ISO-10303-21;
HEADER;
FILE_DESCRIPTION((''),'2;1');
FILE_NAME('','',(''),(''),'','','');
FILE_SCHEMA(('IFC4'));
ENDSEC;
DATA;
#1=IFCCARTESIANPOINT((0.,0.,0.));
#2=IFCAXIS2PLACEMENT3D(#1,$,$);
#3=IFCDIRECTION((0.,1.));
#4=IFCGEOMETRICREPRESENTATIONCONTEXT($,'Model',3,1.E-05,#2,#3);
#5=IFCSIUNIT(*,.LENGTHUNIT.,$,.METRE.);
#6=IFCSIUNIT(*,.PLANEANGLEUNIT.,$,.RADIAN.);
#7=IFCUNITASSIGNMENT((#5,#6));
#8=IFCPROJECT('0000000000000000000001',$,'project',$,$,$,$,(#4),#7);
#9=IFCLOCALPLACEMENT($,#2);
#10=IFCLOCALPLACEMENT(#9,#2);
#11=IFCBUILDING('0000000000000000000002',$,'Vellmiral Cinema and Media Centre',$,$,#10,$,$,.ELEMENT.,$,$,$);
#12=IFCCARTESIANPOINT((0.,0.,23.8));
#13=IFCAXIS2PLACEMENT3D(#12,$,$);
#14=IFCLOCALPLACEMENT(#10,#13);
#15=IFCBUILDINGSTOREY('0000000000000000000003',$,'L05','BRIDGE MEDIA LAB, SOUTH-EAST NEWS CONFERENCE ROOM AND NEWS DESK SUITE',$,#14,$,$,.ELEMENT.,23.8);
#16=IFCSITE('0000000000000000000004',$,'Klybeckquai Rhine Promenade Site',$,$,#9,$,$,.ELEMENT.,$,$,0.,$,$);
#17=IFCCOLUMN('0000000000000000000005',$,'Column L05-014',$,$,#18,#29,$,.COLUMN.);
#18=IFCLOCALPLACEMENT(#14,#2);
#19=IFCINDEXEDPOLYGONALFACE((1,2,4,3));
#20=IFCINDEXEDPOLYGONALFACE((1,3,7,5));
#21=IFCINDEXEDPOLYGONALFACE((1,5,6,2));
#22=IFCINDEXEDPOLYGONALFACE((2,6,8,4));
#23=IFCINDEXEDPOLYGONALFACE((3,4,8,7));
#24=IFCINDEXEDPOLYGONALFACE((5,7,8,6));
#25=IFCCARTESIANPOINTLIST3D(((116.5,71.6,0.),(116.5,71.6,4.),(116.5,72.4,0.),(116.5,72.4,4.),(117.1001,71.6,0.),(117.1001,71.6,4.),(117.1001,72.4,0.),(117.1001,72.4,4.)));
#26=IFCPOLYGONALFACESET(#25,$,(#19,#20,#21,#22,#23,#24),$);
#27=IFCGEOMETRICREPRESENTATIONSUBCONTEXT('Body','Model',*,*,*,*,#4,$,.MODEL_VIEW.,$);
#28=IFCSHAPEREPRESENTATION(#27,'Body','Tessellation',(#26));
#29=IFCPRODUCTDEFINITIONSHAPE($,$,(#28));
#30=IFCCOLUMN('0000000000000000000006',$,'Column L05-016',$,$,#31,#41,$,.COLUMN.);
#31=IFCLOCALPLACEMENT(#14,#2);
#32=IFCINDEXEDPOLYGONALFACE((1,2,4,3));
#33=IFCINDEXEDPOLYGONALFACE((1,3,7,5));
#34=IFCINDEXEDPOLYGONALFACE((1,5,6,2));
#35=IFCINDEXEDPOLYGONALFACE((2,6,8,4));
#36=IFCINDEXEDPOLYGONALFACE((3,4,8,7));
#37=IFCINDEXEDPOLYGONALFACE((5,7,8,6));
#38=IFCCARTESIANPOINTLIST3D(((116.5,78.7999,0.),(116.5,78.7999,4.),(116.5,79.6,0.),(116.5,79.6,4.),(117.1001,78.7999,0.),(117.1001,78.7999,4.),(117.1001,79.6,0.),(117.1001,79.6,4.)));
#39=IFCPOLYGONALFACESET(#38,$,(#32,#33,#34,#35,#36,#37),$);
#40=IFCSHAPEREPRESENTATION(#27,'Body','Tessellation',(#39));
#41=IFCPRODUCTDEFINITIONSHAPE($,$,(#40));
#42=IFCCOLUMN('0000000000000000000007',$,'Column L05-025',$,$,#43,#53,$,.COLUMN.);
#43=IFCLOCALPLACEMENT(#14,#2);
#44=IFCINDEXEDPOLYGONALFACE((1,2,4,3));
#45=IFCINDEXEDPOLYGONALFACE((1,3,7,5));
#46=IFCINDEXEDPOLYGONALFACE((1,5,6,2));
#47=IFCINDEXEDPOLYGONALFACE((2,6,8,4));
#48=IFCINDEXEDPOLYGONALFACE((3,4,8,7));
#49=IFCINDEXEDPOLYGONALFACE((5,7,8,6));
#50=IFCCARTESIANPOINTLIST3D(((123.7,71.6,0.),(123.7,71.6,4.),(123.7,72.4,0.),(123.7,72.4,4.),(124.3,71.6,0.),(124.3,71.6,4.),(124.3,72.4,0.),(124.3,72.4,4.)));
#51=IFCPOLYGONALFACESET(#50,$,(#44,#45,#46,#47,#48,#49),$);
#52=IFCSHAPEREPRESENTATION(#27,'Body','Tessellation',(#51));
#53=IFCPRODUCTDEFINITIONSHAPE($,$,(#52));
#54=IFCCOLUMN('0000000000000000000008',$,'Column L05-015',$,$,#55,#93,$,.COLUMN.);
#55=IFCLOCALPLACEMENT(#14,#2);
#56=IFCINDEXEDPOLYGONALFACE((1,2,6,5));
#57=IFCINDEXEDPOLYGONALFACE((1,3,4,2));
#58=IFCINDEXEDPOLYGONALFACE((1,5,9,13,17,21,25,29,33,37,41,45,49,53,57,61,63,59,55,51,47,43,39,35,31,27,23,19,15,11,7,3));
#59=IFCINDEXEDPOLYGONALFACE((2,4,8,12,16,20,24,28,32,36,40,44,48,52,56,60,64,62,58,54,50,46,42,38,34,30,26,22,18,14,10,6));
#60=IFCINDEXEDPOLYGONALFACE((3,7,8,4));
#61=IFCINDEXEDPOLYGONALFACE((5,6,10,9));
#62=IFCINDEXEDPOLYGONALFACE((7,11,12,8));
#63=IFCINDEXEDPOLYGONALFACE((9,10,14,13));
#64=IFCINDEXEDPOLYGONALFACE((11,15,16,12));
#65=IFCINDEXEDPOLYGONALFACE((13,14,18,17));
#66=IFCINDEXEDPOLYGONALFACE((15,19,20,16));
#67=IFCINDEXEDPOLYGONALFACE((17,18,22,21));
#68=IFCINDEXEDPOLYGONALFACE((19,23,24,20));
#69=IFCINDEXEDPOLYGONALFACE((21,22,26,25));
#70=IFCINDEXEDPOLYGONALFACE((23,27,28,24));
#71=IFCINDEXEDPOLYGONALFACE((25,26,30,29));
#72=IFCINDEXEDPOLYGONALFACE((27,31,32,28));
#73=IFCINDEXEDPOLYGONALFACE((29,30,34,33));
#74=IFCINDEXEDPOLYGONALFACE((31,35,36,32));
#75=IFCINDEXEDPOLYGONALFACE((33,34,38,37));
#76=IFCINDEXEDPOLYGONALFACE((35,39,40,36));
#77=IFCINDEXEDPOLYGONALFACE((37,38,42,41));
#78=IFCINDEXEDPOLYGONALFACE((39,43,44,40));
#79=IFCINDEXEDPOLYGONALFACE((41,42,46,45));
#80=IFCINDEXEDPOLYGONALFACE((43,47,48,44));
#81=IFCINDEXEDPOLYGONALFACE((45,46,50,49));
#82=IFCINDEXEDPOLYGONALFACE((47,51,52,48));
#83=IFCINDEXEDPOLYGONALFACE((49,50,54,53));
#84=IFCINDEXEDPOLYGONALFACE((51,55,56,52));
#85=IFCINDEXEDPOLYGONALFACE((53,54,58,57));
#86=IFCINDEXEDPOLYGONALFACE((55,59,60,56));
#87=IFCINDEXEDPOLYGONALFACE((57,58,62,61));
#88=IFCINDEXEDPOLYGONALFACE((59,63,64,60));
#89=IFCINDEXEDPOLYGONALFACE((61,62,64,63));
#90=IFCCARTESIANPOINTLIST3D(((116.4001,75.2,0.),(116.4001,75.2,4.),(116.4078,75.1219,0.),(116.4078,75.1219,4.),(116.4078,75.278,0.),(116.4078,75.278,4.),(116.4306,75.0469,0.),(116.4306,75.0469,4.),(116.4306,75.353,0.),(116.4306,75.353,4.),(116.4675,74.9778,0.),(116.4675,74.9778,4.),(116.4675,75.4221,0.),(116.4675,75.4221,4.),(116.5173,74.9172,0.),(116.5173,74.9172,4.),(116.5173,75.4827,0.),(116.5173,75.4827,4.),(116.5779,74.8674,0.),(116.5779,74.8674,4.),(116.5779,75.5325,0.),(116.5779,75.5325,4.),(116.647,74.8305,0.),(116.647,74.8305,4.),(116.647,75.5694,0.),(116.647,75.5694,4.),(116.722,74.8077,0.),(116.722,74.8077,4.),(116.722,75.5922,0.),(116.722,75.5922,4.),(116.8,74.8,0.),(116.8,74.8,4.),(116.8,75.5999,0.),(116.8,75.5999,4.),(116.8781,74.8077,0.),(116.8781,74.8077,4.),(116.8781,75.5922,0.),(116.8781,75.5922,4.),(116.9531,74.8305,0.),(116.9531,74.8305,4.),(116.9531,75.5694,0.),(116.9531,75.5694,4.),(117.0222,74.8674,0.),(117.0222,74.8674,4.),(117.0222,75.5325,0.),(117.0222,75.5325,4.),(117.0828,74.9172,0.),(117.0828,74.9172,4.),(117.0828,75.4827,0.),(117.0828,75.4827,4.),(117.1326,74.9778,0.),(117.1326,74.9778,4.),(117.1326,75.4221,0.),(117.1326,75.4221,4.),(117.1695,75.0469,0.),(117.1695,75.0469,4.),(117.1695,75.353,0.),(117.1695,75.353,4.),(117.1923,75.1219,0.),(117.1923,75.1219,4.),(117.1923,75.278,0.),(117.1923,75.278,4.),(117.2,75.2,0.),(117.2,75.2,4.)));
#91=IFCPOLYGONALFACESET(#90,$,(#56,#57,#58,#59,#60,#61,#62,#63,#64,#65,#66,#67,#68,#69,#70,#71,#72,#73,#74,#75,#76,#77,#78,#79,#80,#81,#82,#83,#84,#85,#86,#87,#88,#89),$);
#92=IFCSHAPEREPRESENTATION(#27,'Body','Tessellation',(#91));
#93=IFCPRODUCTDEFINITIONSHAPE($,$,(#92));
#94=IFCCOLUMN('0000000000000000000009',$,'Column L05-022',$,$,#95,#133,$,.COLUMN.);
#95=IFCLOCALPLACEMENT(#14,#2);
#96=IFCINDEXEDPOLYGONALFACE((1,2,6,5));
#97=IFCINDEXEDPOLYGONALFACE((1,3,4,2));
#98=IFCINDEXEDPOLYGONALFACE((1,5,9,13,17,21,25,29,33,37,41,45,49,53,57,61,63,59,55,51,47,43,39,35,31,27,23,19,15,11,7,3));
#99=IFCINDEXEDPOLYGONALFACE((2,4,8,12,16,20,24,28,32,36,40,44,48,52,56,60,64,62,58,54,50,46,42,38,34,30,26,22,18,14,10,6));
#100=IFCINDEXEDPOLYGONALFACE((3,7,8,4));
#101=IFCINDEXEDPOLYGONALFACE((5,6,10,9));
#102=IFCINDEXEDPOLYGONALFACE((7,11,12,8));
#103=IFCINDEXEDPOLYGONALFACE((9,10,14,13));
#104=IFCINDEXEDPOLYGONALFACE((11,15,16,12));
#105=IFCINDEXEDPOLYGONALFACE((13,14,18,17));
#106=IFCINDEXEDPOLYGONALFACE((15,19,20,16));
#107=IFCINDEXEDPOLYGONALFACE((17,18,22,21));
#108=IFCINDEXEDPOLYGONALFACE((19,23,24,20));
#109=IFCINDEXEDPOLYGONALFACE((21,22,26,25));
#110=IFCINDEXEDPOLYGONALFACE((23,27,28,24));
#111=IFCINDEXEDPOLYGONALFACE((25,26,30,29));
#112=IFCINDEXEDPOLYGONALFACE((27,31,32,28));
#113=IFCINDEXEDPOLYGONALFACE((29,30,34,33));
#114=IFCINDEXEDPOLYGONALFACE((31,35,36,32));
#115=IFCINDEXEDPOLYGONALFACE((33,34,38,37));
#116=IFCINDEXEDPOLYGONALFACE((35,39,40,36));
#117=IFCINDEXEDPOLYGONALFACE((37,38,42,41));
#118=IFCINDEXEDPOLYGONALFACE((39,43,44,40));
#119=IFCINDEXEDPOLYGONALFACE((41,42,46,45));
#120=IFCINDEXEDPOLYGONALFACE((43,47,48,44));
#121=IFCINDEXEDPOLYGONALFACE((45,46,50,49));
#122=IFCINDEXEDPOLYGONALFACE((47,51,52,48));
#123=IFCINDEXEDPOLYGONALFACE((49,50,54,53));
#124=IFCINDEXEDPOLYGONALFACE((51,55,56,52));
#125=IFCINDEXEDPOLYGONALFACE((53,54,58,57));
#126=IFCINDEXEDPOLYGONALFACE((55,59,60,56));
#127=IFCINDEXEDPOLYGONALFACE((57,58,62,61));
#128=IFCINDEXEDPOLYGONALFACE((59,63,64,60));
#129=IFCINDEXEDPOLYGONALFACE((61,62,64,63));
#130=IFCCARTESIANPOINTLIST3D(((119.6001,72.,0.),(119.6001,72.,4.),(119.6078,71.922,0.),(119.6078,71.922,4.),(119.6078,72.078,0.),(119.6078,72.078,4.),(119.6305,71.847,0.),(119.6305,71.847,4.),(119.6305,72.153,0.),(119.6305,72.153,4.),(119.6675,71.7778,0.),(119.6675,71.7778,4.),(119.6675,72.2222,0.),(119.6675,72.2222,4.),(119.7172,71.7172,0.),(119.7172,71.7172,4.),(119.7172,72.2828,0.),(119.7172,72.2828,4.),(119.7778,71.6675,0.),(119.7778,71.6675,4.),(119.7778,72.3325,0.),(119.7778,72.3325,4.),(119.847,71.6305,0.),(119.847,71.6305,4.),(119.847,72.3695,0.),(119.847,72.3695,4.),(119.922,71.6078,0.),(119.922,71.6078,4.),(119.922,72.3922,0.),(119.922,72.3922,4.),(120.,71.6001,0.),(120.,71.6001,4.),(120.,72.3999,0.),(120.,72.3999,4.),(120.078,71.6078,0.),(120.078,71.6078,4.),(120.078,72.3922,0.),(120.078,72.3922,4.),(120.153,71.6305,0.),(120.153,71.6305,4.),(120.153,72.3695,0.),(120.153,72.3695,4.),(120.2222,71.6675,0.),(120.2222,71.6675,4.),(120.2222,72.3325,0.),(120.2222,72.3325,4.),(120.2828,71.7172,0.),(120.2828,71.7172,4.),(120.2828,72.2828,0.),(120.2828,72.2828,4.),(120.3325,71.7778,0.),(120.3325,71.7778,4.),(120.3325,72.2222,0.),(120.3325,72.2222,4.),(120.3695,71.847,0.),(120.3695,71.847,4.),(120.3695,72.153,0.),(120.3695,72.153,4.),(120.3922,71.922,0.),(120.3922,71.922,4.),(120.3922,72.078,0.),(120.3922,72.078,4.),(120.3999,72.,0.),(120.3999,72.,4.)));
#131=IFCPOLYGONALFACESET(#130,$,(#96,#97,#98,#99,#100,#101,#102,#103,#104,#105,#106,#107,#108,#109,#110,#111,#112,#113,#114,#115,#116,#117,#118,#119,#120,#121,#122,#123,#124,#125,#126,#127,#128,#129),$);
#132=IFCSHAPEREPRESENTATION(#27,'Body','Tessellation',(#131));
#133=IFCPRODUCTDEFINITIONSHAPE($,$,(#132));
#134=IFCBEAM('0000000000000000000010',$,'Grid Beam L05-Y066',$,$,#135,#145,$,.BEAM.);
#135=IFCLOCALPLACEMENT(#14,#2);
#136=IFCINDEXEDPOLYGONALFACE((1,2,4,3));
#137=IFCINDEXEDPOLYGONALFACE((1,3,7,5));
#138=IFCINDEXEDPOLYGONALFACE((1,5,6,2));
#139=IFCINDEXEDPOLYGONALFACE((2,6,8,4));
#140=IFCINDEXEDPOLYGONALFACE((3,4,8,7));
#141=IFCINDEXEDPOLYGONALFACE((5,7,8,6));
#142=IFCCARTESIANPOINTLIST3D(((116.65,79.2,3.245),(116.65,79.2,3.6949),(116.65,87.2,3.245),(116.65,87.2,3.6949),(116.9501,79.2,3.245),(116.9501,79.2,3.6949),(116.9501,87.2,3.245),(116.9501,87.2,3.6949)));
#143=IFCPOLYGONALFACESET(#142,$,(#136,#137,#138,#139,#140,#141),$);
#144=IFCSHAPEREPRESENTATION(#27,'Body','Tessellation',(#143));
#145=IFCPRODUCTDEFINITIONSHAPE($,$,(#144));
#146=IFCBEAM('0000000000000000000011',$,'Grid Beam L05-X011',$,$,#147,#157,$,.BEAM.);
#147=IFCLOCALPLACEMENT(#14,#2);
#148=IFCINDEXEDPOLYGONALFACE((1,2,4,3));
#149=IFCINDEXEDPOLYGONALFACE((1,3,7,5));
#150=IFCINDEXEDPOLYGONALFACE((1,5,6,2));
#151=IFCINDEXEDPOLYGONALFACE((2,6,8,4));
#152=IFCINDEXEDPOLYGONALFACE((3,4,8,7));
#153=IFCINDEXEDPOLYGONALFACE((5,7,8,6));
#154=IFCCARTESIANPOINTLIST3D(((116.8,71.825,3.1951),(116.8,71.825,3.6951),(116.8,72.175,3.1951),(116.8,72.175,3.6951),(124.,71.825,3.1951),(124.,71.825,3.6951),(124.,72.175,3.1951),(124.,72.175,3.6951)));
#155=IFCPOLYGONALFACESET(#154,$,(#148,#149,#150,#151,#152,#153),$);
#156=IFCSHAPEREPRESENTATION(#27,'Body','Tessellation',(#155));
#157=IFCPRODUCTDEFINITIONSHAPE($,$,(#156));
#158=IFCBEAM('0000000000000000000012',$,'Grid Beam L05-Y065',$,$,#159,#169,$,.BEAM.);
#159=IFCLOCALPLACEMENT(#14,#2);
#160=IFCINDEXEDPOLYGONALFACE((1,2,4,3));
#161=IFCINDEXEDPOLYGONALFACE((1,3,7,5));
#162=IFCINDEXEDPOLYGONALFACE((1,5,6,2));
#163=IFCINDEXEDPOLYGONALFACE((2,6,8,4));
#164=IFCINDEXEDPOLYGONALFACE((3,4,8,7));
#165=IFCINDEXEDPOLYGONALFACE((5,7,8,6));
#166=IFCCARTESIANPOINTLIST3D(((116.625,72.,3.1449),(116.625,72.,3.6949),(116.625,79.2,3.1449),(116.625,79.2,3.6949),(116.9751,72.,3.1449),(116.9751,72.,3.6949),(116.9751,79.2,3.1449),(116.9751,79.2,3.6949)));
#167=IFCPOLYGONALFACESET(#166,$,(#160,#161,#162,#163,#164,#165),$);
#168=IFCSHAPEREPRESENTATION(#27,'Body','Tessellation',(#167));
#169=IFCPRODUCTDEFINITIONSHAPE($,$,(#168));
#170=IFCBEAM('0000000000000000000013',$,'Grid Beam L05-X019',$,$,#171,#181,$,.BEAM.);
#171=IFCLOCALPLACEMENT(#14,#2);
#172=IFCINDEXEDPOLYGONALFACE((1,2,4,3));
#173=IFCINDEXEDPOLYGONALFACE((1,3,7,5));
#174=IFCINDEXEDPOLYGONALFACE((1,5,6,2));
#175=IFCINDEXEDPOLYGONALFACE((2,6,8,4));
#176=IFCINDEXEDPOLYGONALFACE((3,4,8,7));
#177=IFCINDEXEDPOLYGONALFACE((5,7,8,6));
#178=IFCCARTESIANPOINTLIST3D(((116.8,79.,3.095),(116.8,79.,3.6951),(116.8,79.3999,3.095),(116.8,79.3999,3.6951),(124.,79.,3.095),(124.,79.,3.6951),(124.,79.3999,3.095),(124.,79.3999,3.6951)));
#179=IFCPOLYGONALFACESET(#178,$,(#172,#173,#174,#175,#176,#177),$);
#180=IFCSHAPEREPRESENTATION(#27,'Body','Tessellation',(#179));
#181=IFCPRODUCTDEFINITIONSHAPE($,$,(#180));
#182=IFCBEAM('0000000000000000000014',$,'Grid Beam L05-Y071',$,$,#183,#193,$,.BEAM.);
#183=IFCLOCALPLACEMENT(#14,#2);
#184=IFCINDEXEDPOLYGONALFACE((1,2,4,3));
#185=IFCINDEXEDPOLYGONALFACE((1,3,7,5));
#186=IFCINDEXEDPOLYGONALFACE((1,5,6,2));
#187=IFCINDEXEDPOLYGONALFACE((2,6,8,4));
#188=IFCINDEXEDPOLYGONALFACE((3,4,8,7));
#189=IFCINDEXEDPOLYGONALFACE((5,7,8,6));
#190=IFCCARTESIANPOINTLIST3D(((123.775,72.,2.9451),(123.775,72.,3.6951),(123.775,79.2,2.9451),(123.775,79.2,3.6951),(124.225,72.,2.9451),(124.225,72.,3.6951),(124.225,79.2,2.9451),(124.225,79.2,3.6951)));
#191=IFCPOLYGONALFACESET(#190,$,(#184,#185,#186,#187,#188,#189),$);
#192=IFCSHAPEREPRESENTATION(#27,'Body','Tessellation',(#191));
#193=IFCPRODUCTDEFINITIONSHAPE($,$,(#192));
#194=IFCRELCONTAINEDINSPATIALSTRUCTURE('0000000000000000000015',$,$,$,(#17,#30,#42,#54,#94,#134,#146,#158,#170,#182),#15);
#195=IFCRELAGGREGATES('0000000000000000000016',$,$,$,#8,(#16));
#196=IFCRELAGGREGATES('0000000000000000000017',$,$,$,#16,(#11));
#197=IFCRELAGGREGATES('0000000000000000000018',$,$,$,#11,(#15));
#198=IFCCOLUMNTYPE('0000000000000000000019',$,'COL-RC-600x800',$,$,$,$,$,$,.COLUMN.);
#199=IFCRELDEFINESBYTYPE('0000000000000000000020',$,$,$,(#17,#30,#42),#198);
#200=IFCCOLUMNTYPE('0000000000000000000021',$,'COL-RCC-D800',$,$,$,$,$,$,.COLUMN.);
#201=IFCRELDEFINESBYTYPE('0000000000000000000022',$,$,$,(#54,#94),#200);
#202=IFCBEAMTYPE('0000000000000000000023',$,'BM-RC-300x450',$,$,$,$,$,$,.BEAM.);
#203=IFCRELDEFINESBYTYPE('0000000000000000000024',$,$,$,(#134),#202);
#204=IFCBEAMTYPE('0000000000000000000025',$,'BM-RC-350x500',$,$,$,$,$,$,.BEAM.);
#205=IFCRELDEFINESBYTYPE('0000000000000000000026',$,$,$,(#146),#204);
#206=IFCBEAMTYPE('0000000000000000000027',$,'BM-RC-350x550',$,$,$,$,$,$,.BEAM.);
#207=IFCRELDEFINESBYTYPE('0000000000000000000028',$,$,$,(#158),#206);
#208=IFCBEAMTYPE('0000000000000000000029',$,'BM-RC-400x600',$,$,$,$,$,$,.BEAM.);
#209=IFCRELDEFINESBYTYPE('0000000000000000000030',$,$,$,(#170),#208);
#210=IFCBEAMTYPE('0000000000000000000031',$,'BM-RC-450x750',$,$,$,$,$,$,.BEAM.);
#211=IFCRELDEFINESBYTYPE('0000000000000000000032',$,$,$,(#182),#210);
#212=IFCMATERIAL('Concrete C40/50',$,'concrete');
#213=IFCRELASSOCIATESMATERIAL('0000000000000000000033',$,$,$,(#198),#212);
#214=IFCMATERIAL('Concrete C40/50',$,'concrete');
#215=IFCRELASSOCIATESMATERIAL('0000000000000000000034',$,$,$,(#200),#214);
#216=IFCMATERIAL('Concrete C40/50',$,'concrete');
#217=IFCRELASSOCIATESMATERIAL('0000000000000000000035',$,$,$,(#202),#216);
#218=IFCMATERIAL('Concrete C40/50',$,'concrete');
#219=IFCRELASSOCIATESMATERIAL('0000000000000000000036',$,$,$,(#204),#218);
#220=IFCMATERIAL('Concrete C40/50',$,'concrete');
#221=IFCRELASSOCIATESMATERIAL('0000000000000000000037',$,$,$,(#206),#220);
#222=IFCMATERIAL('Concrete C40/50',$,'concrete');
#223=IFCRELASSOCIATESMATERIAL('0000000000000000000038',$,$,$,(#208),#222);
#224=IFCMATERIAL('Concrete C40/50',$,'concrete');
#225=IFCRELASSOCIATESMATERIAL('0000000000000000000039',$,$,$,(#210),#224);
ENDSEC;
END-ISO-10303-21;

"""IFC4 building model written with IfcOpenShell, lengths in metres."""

from ifc_helpers import new_model, si_unit, direction, frame, origin, origin_2d, place, context, subcontext, project, spatial, rectangle, circle, extrude, material, material_profile, profile_set, type_object, element, save


model = new_model("IFC4")

# Units and contexts
model_context = context("Model", 3, precision=1e-05, world=origin(), true_north=direction((0.0, 1.0)))
body_context = subcontext(model_context, "Body", "Model", "MODEL_VIEW")
ifc_project = project(units=[si_unit("LENGTHUNIT", "METRE"), si_unit("PLANEANGLEUNIT", "RADIAN")], contexts=[model_context])

# Site, building, storey
site_placement = place(None, origin())
site = spatial("IfcSite", under=ifc_project, at=site_placement, Name="Klybeckquai Rhine Promenade Site", CompositionType="ELEMENT", RefElevation=0.0)
building_placement = place(site_placement, origin())
building = spatial("IfcBuilding", under=site, at=building_placement, Name="Vellmiral Cinema and Media Centre", CompositionType="ELEMENT")
storey_placement = place(building_placement, frame((0.0, 0.0, 23.8)))
storey = spatial("IfcBuildingStorey", under=building, at=storey_placement, Name="L05", Description="BRIDGE MEDIA LAB, SOUTH-EAST NEWS CONFERENCE ROOM AND NEWS DESK SUITE", CompositionType="ELEMENT", Elevation=23.8)

# Columns
ifc_material_1 = material(Name="Concrete C40/50", Category="concrete")
ifc_material_profile_1 = material_profile(ifc_material_1, rectangle(XDim=0.6001, YDim=0.8, at=origin_2d()), Name="RC 600x800")
ifc_profile_set_1 = profile_set([ifc_material_profile_1], Name="Concrete C40/50")
column_type_1 = type_object("IfcColumnType", Name="COL-RC-600x800", PredefinedType="COLUMN", material=ifc_profile_set_1)
for number, where, z_axis, x_axis, name in (
    (1, (116.8, 72.0, 0.0), (0.0, 0.0, 1.0), (1.0, 0.0, 0.0), "Column L05-014"),
    (2, (116.8, 79.2, 0.0), (0.0, 0.0, 1.0), (1.0, 0.0, 0.0), "Column L05-016"),
    (3, (124.0, 72.0, 0.0), (0.0, 0.0, 1.0), (1.0, 0.0, 0.0), "Column L05-025"),
):
    element("IfcColumn", number, at=place(storey_placement, frame(where, z_axis=z_axis, x_axis=x_axis)), inside=storey, type_object=column_type_1, Name=name, PredefinedType="COLUMN", context=body_context, shape_type="SweptSolid", body=[
        extrude(rectangle(XDim=0.6001, YDim=0.8, at=origin_2d()), origin(), (0.0, 0.0, 1.0), 4.0),
    ])
ifc_material_2 = material(Name="Concrete C40/50", Category="concrete")
ifc_material_profile_2 = material_profile(ifc_material_2, circle(Radius=0.3999, at=origin_2d()), Name="RC D800")
ifc_profile_set_2 = profile_set([ifc_material_profile_2], Name="Concrete C40/50")
column_type_2 = type_object("IfcColumnType", Name="COL-RCC-D800", PredefinedType="COLUMN", material=ifc_profile_set_2)
for number, where, z_axis, x_axis, name in (
    (4, (116.8, 75.2, 0.0), (0.0, 0.0, 1.0), (1.0, 0.0, 0.0), "Column L05-015"),
    (5, (120.0, 72.0, 0.0), (0.0, 0.0, 1.0), (1.0, 0.0, 0.0), "Column L05-022"),
):
    element("IfcColumn", number, at=place(storey_placement, frame(where, z_axis=z_axis, x_axis=x_axis)), inside=storey, type_object=column_type_2, Name=name, PredefinedType="COLUMN", context=body_context, shape_type="SweptSolid", body=[
        extrude(circle(Radius=0.3999, at=origin_2d()), origin(), (0.0, 0.0, 1.0), 4.0),
    ])

# Beams
ifc_material_3 = material(Name="Concrete C40/50", Category="concrete")
ifc_material_profile_3 = material_profile(ifc_material_3, rectangle(XDim=0.3, YDim=0.45, at=origin_2d()), Name="RC 300x450")
ifc_profile_set_3 = profile_set([ifc_material_profile_3], Name="Concrete C40/50")
beam_type_1 = type_object("IfcBeamType", Name="BM-RC-300x450", PredefinedType="BEAM", material=ifc_profile_set_3)
beam_1_placement = place(storey_placement, frame((116.8, 79.2, 3.47), z_axis=(0.0, 1.0, 0.0), x_axis=(-1.0, 0.0, 0.0)))
element("IfcBeam", 6, at=beam_1_placement, inside=storey, type_object=beam_type_1, Name="Grid Beam L05-Y066", PredefinedType="BEAM", context=body_context, shape_type="SweptSolid", body=[
    extrude(rectangle(XDim=0.3, YDim=0.45, at=origin_2d()), origin(), (0.0, 0.0, 1.0), 8.0),
])
ifc_material_4 = material(Name="Concrete C40/50", Category="concrete")
ifc_material_profile_4 = material_profile(ifc_material_4, rectangle(XDim=0.3501, YDim=0.5, at=origin_2d()), Name="RC 350x500")
ifc_profile_set_4 = profile_set([ifc_material_profile_4], Name="Concrete C40/50")
beam_type_2 = type_object("IfcBeamType", Name="BM-RC-350x500", PredefinedType="BEAM", material=ifc_profile_set_4)
beam_2_placement = place(storey_placement, frame((116.8, 72.0, 3.4451), z_axis=(1.0, 0.0, 0.0), x_axis=(0.0, 1.0, 0.0)))
element("IfcBeam", 7, at=beam_2_placement, inside=storey, type_object=beam_type_2, Name="Grid Beam L05-X011", PredefinedType="BEAM", context=body_context, shape_type="SweptSolid", body=[
    extrude(rectangle(XDim=0.3501, YDim=0.5, at=origin_2d()), origin(), (0.0, 0.0, 1.0), 7.2),
])
ifc_material_5 = material(Name="Concrete C40/50", Category="concrete")
ifc_material_profile_5 = material_profile(ifc_material_5, rectangle(XDim=0.3501, YDim=0.55, at=origin_2d()), Name="RC 350x550")
ifc_profile_set_5 = profile_set([ifc_material_profile_5], Name="Concrete C40/50")
beam_type_3 = type_object("IfcBeamType", Name="BM-RC-350x550", PredefinedType="BEAM", material=ifc_profile_set_5)
beam_3_placement = place(storey_placement, frame((116.8, 72.0, 3.4199), z_axis=(0.0, 1.0, 0.0), x_axis=(-1.0, 0.0, 0.0)))
element("IfcBeam", 8, at=beam_3_placement, inside=storey, type_object=beam_type_3, Name="Grid Beam L05-Y065", PredefinedType="BEAM", context=body_context, shape_type="SweptSolid", body=[
    extrude(rectangle(XDim=0.3501, YDim=0.55, at=origin_2d()), origin(), (0.0, 0.0, 1.0), 7.2),
])
ifc_material_6 = material(Name="Concrete C40/50", Category="concrete")
ifc_material_profile_6 = material_profile(ifc_material_6, rectangle(XDim=0.3999, YDim=0.6001, at=origin_2d()), Name="RC 400x600")
ifc_profile_set_6 = profile_set([ifc_material_profile_6], Name="Concrete C40/50")
beam_type_4 = type_object("IfcBeamType", Name="BM-RC-400x600", PredefinedType="BEAM", material=ifc_profile_set_6)
beam_4_placement = place(storey_placement, frame((116.8, 79.2, 3.395), z_axis=(1.0, 0.0, 0.0), x_axis=(0.0, 1.0, 0.0)))
element("IfcBeam", 9, at=beam_4_placement, inside=storey, type_object=beam_type_4, Name="Grid Beam L05-X019", PredefinedType="BEAM", context=body_context, shape_type="SweptSolid", body=[
    extrude(rectangle(XDim=0.3999, YDim=0.6001, at=origin_2d()), origin(), (0.0, 0.0, 1.0), 7.2),
])
ifc_material_7 = material(Name="Concrete C40/50", Category="concrete")
ifc_material_profile_7 = material_profile(ifc_material_7, rectangle(XDim=0.45, YDim=0.75, at=origin_2d()), Name="RC 450x750")
ifc_profile_set_7 = profile_set([ifc_material_profile_7], Name="Concrete C40/50")
beam_type_5 = type_object("IfcBeamType", Name="BM-RC-450x750", PredefinedType="BEAM", material=ifc_profile_set_7)
beam_5_placement = place(storey_placement, frame((124.0, 72.0, 3.3201), z_axis=(0.0, 1.0, 0.0), x_axis=(-1.0, 0.0, 0.0)))
element("IfcBeam", 10, at=beam_5_placement, inside=storey, type_object=beam_type_5, Name="Grid Beam L05-Y071", PredefinedType="BEAM", context=body_context, shape_type="SweptSolid", body=[
    extrude(rectangle(XDim=0.45, YDim=0.75, at=origin_2d()), origin(), (0.0, 0.0, 1.0), 7.2),
])

save(model, "model.ifc")
